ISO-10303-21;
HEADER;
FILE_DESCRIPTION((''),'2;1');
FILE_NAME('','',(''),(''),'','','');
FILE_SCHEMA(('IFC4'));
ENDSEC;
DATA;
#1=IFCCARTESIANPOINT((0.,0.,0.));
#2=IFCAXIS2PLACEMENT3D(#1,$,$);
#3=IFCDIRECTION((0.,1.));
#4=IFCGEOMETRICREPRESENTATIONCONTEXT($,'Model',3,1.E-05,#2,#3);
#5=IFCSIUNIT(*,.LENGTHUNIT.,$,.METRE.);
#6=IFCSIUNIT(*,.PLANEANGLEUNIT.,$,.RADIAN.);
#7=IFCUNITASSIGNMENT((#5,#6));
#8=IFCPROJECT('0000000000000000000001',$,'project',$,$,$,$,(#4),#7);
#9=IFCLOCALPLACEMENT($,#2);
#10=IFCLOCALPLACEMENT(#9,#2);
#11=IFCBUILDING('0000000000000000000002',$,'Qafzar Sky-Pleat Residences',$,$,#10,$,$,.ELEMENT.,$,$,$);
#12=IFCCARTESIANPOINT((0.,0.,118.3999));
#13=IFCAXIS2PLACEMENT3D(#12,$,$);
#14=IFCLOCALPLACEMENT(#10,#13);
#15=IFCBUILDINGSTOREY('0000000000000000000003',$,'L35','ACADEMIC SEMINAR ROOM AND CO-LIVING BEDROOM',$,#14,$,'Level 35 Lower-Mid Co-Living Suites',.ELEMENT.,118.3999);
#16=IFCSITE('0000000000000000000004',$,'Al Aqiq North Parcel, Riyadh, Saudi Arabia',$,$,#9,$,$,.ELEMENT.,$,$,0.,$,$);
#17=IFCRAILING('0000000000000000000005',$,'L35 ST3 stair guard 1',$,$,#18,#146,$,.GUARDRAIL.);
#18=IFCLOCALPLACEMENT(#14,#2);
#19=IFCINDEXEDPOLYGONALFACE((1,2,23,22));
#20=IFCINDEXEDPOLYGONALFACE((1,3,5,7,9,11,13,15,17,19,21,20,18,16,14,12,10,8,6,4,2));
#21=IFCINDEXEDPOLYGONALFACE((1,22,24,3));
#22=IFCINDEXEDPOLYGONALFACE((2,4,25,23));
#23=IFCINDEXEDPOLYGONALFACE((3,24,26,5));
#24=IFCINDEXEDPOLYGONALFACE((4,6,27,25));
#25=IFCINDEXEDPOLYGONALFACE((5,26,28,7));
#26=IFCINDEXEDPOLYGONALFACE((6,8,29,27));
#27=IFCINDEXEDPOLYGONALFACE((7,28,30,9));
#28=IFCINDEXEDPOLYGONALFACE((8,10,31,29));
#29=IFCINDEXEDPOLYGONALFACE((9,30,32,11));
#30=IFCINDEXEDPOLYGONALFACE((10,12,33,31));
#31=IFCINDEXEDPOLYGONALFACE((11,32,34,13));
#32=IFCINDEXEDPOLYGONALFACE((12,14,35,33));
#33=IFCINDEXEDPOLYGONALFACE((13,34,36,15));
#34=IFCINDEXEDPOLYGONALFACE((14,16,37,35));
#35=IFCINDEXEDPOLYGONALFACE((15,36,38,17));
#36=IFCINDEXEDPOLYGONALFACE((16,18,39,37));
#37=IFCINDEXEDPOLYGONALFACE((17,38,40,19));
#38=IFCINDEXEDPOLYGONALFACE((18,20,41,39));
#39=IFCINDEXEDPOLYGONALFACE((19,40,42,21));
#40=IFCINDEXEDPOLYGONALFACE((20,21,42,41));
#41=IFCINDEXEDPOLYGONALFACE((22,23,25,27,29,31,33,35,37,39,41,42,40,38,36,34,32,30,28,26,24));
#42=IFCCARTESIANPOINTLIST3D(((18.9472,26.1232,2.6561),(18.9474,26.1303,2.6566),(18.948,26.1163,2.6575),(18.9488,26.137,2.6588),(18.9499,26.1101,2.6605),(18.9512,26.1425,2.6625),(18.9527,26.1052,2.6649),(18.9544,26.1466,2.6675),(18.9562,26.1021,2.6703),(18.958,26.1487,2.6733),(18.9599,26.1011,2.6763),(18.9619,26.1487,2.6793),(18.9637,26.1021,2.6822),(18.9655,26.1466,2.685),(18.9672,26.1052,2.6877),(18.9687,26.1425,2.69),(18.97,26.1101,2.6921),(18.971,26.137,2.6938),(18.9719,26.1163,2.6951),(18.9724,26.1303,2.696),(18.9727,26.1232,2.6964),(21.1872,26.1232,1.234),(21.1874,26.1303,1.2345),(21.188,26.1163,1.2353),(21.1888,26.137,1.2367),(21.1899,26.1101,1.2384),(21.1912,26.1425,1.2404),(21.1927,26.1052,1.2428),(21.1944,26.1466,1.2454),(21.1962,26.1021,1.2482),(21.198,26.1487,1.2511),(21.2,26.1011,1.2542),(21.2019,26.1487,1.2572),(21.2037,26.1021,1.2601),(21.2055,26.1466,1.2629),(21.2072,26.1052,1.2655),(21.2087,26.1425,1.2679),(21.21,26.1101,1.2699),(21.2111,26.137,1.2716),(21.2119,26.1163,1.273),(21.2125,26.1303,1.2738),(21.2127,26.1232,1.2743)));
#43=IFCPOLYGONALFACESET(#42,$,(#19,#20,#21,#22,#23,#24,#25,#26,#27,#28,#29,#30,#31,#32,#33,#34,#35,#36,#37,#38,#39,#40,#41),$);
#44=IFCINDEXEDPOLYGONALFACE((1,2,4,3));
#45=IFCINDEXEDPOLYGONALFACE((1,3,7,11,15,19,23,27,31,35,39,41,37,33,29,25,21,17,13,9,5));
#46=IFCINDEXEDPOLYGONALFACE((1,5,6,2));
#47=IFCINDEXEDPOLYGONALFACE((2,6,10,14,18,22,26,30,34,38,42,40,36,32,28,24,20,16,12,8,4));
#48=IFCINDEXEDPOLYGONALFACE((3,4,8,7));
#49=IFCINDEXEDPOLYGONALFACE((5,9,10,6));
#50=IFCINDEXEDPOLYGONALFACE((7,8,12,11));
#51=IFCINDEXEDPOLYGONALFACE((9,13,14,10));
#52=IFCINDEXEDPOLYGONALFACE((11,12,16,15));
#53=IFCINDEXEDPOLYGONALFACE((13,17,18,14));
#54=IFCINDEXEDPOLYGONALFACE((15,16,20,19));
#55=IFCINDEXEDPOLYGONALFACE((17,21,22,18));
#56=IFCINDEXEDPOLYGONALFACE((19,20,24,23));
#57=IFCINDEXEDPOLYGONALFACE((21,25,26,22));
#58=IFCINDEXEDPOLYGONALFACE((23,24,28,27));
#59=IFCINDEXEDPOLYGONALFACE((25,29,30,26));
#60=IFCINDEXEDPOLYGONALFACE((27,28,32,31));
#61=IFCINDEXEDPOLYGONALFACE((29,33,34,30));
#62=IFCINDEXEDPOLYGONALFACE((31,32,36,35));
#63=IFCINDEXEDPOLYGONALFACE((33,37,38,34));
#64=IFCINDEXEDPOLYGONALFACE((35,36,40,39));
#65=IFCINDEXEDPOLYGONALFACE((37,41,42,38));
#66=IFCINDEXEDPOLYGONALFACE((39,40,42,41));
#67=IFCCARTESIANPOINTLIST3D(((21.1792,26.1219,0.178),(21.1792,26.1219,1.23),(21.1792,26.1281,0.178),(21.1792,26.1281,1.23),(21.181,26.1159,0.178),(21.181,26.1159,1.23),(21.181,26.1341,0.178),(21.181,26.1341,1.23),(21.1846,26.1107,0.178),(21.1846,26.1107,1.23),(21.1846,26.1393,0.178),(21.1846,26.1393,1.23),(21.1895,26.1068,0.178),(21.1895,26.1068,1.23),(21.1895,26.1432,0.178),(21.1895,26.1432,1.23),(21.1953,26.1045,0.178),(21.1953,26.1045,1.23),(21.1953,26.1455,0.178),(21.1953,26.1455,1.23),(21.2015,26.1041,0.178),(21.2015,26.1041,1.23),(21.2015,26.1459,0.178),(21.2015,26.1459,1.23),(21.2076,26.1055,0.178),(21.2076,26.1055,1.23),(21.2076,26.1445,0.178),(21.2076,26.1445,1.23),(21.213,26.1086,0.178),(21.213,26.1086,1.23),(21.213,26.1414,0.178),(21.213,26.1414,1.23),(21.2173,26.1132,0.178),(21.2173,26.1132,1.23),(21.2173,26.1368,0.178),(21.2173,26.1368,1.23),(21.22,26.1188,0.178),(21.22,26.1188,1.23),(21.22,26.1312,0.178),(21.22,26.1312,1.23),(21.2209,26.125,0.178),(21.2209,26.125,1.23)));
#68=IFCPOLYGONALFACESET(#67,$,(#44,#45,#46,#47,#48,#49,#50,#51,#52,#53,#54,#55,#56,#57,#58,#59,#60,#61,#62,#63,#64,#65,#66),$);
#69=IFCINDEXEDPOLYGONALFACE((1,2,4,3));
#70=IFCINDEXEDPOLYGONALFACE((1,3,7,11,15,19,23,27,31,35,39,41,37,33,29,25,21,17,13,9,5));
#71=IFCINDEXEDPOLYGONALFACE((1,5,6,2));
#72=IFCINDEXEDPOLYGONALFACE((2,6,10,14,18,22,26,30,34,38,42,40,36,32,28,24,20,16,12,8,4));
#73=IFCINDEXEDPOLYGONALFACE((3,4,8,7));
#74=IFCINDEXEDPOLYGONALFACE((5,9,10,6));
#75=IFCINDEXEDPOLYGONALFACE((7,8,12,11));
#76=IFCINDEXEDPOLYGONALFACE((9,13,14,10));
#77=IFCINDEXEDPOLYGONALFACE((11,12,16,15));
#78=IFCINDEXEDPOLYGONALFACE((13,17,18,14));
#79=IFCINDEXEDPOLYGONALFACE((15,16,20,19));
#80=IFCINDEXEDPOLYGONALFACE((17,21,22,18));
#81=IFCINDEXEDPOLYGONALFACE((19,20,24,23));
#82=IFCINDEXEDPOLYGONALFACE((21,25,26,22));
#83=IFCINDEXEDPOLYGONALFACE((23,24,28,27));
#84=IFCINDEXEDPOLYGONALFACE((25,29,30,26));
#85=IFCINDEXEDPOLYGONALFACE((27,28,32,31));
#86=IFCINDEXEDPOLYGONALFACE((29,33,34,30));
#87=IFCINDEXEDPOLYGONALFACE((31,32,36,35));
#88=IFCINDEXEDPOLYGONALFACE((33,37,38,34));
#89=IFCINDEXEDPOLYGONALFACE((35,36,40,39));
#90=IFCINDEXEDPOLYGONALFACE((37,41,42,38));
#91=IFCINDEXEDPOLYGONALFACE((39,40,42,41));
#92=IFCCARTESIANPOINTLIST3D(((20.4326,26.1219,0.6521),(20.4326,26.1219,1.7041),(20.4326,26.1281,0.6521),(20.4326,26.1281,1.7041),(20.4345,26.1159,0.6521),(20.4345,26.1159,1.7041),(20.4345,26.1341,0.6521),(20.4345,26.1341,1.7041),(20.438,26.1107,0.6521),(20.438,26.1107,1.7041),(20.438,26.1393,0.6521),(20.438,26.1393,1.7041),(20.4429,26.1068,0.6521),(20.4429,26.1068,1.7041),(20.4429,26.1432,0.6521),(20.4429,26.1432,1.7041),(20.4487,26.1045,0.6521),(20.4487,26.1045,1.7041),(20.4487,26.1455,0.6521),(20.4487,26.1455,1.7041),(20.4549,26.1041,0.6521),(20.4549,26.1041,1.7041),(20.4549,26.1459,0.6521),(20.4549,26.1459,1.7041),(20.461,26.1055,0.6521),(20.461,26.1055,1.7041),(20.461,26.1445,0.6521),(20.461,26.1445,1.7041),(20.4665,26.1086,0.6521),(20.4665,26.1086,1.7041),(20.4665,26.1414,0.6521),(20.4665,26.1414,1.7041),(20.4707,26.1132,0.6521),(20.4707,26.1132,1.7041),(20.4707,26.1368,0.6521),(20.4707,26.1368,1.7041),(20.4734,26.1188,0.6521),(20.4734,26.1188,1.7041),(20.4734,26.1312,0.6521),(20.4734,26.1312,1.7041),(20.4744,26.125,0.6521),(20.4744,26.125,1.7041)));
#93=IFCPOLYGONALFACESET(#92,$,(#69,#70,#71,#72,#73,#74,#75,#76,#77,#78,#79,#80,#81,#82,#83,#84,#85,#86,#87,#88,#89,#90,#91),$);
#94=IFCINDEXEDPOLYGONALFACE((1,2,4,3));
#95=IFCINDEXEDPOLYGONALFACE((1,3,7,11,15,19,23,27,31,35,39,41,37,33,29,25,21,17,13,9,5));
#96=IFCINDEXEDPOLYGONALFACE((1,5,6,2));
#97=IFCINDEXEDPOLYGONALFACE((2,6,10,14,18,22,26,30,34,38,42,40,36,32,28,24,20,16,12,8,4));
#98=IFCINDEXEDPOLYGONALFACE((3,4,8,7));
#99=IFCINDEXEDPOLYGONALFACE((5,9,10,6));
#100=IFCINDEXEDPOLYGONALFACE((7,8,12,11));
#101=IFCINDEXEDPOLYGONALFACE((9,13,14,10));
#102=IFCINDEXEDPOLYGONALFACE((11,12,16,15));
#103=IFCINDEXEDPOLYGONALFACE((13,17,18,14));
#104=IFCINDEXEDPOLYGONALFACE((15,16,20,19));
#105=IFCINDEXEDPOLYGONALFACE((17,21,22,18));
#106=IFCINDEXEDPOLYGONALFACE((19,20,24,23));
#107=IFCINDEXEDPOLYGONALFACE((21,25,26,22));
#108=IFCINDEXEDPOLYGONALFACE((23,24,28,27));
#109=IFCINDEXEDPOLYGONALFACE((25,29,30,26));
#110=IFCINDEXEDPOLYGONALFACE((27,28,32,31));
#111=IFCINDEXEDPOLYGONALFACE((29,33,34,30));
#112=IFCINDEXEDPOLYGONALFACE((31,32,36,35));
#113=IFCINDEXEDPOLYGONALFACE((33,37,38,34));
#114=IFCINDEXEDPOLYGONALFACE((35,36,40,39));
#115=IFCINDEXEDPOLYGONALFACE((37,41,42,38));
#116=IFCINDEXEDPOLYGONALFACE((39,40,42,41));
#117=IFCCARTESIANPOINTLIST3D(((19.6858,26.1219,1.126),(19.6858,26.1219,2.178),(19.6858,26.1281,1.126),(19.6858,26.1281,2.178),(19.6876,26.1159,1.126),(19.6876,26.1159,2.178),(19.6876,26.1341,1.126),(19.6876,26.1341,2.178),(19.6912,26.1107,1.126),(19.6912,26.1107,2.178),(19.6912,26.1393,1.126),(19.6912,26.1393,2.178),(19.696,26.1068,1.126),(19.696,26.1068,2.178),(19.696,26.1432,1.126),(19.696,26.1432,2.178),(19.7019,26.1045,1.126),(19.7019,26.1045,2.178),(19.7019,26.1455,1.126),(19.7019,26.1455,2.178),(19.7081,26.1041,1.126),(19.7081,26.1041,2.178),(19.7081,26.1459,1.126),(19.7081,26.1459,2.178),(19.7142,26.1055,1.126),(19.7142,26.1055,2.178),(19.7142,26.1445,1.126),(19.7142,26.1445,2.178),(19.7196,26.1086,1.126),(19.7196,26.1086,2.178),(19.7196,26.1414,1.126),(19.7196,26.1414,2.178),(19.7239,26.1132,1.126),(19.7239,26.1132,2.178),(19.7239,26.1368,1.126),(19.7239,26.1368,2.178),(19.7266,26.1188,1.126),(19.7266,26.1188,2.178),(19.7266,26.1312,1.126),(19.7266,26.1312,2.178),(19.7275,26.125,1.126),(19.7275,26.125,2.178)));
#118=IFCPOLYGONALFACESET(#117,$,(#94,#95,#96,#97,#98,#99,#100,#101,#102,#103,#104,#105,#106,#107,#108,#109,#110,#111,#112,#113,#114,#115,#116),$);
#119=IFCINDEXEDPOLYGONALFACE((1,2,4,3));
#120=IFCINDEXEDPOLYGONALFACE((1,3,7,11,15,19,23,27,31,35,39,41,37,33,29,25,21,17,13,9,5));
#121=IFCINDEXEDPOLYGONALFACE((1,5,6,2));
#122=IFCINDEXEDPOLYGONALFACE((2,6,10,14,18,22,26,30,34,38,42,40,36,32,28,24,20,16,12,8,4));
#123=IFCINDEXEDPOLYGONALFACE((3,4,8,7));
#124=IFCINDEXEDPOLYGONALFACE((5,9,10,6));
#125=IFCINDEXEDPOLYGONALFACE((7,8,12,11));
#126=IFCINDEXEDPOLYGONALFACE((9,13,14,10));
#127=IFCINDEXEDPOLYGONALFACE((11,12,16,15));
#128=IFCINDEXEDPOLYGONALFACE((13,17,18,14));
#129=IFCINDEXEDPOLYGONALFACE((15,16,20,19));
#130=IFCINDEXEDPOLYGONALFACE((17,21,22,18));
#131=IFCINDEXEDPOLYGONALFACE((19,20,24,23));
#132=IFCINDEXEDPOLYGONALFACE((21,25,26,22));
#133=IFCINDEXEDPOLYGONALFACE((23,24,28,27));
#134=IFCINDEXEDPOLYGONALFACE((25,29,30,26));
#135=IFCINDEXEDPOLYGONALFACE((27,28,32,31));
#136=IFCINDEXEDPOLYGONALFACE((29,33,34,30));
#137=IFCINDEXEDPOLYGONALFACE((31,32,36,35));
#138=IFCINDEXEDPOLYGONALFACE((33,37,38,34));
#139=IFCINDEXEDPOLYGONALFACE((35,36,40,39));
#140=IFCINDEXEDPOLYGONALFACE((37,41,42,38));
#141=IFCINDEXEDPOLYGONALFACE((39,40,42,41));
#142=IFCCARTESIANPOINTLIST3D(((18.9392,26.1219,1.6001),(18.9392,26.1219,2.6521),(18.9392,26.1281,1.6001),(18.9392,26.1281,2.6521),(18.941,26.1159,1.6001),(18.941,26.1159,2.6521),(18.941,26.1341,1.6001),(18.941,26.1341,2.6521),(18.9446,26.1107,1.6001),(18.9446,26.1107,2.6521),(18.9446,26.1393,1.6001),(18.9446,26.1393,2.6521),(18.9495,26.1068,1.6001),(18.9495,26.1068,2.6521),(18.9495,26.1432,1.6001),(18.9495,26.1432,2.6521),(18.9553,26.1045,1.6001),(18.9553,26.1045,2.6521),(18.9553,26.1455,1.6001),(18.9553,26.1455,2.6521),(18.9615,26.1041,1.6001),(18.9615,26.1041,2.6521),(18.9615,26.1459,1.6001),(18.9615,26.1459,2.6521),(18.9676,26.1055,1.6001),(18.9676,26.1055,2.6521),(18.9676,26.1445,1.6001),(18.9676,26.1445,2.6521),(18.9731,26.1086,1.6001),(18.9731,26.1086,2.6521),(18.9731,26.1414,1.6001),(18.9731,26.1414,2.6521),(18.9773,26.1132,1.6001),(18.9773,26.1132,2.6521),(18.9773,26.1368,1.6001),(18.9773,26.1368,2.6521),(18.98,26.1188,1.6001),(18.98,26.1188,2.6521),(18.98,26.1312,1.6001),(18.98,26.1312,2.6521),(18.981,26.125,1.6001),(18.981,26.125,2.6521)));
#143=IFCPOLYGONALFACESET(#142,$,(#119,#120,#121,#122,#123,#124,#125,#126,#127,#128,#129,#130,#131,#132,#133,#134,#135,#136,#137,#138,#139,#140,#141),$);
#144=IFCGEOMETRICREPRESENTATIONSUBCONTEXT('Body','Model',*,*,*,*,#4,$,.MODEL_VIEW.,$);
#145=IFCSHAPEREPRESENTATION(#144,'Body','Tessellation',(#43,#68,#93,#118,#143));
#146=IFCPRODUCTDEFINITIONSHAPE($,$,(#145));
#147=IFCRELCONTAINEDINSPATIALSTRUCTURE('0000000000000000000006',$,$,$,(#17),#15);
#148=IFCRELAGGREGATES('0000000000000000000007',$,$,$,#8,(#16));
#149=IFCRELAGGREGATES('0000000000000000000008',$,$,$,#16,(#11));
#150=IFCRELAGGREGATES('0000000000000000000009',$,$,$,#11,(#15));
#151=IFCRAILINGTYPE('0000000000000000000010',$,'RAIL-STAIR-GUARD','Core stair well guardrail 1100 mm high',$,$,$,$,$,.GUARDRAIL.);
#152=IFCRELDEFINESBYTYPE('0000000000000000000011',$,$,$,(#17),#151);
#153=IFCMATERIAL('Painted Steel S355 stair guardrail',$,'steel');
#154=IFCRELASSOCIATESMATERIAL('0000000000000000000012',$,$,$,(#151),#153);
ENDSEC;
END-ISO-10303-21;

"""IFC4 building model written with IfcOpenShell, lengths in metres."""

from ifc_helpers import new_model, si_unit, direction, frame, origin, origin_2d, place, context, subcontext, project, spatial, circle, extrude, source, transform, mapped, material, type_object, element, save


model = new_model("IFC4")

# Units and contexts
model_context = context("Model", 3, precision=1e-05, world=origin(), true_north=direction((0.0, 1.0)))
body_context = subcontext(model_context, "Body", "Model", "MODEL_VIEW")
ifc_project = project(units=[si_unit("LENGTHUNIT", "METRE"), si_unit("PLANEANGLEUNIT", "RADIAN")], contexts=[model_context])

# Site, building, storey
site_placement = place(None, origin())
site = spatial("IfcSite", under=ifc_project, at=site_placement, Name="Al Aqiq North Parcel, Riyadh, Saudi Arabia", CompositionType="ELEMENT", RefElevation=0.0)
building_placement = place(site_placement, origin())
building = spatial("IfcBuilding", under=site, at=building_placement, Name="Qafzar Sky-Pleat Residences", CompositionType="ELEMENT")
storey_placement = place(building_placement, frame((0.0, 0.0, 118.3999)))
storey = spatial("IfcBuildingStorey", under=building, at=storey_placement, Name="L35", Description="ACADEMIC SEMINAR ROOM AND CO-LIVING BEDROOM", LongName="Level 35 Lower-Mid Co-Living Suites", CompositionType="ELEMENT", Elevation=118.3999)

# Railing
ifc_material_1 = material(Name="Painted Steel S355 stair guardrail", Category="steel")
railing_type_1 = type_object("IfcRailingType", Name="RAIL-STAIR-GUARD", Description="Core stair well guardrail 1100 mm high", PredefinedType="GUARDRAIL", material=ifc_material_1)
shared_shape_1 = source(origin(), body_context, "Body", "SweptSolid", [
    extrude(circle(Radius=0.0239, at=origin_2d()), frame((0.0, 0.0, 1.0762), z_axis=(-0.844229, 0.0, 0.535982), x_axis=(0.0, -1.0, 0.0)), (0.0, 0.0, 1.0), 2.6533),
    extrude(circle(Radius=0.021, at=origin_2d()), origin(), (0.0, 0.0, 1.0), 1.052),
    extrude(circle(Radius=0.021, at=origin_2d()), frame((-0.7466, 0.0, 0.4741)), (0.0, 0.0, 1.0), 1.052),
    extrude(circle(Radius=0.021, at=origin_2d()), frame((-1.4934, 0.0, 0.948)), (0.0, 0.0, 1.0), 1.052),
    extrude(circle(Radius=0.021, at=origin_2d()), frame((-2.24, 0.0, 1.4221)), (0.0, 0.0, 1.0), 1.052),
])
railing_1_placement = place(storey_placement, frame((21.2, 26.125, 0.178)))
element("IfcRailing", 1, at=railing_1_placement, inside=storey, type_object=railing_type_1, Name="L35 ST3 stair guard 1", PredefinedType="GUARDRAIL", context=body_context, shape_type="MappedRepresentation", body=[
    mapped(shared_shape_1, transform((0.0, 0.0, 0.0), x_axis=(1.0, 0.0, 0.0), y_axis=(0.0, 1.0, 0.0), z_axis=(0.0, 0.0, 1.0), scale=1.0)),
])

save(model, "model.ifc")
